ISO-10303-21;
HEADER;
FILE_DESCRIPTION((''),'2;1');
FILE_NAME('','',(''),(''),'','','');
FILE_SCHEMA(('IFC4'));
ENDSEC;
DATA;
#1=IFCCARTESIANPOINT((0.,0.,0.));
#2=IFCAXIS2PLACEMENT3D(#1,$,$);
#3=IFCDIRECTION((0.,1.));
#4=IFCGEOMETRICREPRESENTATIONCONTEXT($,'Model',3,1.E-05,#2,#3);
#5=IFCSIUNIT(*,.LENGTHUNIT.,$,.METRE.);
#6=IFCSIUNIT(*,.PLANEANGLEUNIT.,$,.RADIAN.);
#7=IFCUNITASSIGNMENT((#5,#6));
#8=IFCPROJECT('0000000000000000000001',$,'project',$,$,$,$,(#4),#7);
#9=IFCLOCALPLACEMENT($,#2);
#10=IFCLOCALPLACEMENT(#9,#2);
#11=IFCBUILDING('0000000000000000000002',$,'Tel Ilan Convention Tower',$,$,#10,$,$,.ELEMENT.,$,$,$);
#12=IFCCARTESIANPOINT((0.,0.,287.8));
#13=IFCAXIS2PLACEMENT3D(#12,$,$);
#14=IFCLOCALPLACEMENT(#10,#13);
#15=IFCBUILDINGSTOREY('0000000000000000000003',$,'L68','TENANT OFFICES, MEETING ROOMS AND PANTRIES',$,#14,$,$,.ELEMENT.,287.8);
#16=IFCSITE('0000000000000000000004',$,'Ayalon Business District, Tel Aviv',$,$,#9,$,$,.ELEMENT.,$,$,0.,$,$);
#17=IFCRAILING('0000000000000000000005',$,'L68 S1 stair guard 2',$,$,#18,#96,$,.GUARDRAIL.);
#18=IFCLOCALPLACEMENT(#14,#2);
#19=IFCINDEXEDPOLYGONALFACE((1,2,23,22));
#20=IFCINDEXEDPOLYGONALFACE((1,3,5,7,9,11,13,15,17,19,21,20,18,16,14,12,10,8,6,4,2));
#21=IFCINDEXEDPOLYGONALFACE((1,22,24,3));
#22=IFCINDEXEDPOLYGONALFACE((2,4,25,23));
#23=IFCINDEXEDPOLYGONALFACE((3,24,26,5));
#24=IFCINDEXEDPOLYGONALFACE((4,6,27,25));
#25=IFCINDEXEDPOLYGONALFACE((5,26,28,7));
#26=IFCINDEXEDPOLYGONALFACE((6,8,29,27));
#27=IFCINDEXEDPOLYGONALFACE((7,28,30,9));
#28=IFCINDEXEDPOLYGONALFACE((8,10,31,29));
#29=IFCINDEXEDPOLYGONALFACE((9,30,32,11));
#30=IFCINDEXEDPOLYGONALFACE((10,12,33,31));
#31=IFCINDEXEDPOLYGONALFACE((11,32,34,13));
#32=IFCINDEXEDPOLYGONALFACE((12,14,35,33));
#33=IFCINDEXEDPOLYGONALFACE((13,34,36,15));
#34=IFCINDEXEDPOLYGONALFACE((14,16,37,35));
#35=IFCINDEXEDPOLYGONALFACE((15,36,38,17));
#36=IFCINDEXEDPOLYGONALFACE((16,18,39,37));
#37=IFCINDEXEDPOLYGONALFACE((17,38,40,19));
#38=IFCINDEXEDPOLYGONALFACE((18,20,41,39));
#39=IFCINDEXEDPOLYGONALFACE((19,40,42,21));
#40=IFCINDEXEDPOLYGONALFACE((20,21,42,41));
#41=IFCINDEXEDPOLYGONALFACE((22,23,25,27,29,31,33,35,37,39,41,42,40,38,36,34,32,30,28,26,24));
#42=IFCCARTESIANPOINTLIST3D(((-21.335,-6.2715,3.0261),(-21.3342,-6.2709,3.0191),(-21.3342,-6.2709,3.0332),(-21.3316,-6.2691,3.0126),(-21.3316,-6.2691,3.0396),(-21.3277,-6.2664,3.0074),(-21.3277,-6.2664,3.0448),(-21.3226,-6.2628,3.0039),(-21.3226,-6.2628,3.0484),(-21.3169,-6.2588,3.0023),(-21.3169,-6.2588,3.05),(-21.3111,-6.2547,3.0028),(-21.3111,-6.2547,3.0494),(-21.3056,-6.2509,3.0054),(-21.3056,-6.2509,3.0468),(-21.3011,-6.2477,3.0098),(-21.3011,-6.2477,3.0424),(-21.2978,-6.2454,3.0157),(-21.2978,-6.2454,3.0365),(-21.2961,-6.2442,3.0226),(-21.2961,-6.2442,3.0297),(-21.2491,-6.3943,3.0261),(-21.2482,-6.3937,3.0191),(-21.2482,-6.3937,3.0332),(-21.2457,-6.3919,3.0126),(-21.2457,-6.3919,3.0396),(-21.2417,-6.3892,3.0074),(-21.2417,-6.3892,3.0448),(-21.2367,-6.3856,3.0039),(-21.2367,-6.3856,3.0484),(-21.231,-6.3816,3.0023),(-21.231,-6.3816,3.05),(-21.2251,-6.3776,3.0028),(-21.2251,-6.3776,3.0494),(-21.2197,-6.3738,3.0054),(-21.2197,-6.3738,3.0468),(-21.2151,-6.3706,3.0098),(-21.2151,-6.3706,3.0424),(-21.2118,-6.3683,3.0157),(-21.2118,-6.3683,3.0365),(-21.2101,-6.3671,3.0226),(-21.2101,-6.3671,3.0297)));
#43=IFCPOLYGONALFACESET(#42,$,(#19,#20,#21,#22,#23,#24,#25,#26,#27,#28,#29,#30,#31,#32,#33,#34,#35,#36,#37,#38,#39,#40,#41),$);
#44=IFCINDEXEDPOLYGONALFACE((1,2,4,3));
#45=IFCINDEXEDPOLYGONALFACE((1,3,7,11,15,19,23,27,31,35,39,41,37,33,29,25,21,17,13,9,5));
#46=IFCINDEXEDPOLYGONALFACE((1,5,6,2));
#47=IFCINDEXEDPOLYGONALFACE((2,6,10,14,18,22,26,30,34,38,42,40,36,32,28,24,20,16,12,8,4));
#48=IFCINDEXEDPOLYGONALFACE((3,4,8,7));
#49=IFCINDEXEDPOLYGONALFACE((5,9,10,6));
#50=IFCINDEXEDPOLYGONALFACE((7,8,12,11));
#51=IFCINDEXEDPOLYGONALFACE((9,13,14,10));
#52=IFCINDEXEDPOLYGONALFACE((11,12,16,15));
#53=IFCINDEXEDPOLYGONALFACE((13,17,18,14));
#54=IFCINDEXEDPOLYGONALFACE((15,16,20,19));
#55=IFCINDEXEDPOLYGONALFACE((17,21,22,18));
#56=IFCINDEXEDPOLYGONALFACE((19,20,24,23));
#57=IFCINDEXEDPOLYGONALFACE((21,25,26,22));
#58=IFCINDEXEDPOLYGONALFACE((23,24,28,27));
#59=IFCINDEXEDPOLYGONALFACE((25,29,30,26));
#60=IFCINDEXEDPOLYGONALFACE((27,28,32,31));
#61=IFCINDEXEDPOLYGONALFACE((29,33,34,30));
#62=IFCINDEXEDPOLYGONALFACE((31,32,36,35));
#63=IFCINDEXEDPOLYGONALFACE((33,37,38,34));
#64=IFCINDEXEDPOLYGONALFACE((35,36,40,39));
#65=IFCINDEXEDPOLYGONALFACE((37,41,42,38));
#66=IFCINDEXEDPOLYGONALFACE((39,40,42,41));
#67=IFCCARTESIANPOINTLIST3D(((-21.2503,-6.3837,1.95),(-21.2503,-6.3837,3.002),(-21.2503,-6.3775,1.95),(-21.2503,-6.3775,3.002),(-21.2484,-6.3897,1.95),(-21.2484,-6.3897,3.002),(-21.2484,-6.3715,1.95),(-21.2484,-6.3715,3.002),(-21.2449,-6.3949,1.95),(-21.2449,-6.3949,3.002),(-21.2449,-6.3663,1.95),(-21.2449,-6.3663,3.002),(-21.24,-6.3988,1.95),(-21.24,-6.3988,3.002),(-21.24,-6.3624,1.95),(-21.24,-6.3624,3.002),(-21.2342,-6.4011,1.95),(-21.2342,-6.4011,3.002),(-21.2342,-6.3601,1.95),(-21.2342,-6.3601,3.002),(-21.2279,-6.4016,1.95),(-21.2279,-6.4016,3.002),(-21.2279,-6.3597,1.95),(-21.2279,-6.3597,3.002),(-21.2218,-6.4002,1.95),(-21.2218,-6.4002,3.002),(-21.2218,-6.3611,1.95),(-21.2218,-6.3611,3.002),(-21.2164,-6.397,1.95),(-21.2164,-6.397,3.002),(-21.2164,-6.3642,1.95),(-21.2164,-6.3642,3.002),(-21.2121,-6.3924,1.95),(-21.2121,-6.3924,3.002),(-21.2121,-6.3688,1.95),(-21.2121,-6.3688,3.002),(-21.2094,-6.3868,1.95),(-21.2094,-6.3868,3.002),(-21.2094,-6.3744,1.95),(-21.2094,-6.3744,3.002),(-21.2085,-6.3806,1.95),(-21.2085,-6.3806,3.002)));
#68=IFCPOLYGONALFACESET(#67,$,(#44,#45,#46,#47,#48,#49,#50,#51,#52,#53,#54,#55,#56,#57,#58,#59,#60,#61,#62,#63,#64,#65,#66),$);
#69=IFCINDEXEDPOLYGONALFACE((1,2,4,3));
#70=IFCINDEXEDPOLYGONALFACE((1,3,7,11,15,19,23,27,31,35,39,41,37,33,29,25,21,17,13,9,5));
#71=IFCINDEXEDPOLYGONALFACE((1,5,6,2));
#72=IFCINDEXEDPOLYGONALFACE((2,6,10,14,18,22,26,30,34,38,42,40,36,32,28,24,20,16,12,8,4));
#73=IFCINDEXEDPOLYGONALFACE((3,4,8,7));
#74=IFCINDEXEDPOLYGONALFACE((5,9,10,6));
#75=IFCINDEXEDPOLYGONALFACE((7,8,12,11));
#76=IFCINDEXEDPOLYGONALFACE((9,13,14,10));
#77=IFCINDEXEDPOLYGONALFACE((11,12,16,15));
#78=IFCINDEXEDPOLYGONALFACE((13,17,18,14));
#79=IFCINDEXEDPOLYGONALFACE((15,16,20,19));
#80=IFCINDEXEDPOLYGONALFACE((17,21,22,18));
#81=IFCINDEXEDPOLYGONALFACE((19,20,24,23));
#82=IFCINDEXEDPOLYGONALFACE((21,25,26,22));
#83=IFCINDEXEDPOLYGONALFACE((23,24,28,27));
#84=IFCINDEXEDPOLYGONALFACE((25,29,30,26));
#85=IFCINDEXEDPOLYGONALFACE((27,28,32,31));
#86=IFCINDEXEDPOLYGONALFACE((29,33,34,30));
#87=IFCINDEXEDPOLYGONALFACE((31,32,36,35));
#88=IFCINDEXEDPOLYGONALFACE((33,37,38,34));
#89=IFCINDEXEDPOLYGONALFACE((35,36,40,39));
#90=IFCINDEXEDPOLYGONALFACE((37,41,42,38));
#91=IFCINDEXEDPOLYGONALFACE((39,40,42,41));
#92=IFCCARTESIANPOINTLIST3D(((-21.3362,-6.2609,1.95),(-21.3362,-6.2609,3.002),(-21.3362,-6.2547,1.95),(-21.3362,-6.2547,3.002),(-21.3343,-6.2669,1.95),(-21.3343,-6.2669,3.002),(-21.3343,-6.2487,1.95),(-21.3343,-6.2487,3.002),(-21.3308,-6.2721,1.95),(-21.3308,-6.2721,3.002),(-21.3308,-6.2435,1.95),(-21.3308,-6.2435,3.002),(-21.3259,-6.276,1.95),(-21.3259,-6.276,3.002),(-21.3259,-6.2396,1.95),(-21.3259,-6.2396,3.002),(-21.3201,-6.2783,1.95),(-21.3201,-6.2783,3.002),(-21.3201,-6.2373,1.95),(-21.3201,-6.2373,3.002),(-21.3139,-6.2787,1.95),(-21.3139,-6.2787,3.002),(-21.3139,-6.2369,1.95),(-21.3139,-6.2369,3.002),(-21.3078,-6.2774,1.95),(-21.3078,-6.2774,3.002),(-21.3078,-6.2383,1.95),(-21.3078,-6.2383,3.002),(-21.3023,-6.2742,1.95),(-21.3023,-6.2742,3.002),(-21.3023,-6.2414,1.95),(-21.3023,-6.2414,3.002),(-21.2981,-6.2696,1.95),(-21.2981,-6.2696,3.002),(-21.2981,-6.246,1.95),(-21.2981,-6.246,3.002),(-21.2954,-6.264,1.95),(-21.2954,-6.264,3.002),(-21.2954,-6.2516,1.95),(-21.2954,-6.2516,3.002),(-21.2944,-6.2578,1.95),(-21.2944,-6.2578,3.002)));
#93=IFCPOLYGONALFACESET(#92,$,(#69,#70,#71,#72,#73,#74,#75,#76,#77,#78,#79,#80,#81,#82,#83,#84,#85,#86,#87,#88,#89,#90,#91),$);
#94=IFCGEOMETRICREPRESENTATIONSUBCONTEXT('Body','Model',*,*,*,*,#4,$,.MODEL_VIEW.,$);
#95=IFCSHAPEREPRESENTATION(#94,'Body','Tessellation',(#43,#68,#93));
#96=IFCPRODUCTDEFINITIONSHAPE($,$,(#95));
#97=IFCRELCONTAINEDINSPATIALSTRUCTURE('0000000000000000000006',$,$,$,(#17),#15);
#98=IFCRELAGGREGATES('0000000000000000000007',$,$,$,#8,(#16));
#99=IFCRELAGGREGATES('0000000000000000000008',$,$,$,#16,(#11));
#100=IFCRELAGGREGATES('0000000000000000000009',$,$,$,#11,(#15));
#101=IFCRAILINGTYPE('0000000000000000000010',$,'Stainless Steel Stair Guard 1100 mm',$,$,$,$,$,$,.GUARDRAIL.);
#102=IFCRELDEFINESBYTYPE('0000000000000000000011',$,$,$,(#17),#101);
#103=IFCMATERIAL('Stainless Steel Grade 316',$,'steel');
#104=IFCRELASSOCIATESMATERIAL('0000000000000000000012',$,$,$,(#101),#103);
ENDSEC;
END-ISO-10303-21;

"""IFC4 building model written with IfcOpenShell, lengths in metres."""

from ifc_helpers import new_model, si_unit, direction, frame, origin, origin_2d, place, context, subcontext, project, spatial, circle, extrude, material, type_object, element, save


model = new_model("IFC4")

# Units and contexts
model_context = context("Model", 3, precision=1e-05, world=origin(), true_north=direction((0.0, 1.0)))
body_context = subcontext(model_context, "Body", "Model", "MODEL_VIEW")
ifc_project = project(units=[si_unit("LENGTHUNIT", "METRE"), si_unit("PLANEANGLEUNIT", "RADIAN")], contexts=[model_context])

# Site, building, storey
site_placement = place(None, origin())
site = spatial("IfcSite", under=ifc_project, at=site_placement, Name="Ayalon Business District, Tel Aviv", CompositionType="ELEMENT", RefElevation=0.0)
building_placement = place(site_placement, origin())
building = spatial("IfcBuilding", under=site, at=building_placement, Name="Tel Ilan Convention Tower", CompositionType="ELEMENT")
storey_placement = place(building_placement, frame((0.0, 0.0, 287.8)))
storey = spatial("IfcBuildingStorey", under=building, at=storey_placement, Name="L68", Description="TENANT OFFICES, MEETING ROOMS AND PANTRIES", CompositionType="ELEMENT", Elevation=287.8)

# Railing
ifc_material_1 = material(Name="Stainless Steel Grade 316", Category="steel")
railing_type_1 = type_object("IfcRailingType", Name="Stainless Steel Stair Guard 1100 mm", PredefinedType="GUARDRAIL", material=ifc_material_1)
railing_1_placement = place(storey_placement, frame((-21.2295, -6.3806, 1.95)))
element("IfcRailing", 1, at=railing_1_placement, inside=storey, type_object=railing_type_1, Name="L68 S1 stair guard 2", PredefinedType="GUARDRAIL", context=body_context, shape_type="SweptSolid", body=[
    extrude(circle(Radius=0.0239, at=origin_2d()), frame((0.0, 0.0, 1.0762), z_axis=(-0.573353, 0.819308, 0.0), x_axis=(-0.819308, -0.573353, 0.0)), (0.0, 0.0, 1.0), 0.1499),
    extrude(circle(Radius=0.021, at=origin_2d()), origin(), (0.0, 0.0, 1.0), 1.052),
    extrude(circle(Radius=0.021, at=origin_2d()), frame((-0.0859, 0.1228, 0.0)), (0.0, 0.0, 1.0), 1.052),
])

save(model, "model.ifc")
